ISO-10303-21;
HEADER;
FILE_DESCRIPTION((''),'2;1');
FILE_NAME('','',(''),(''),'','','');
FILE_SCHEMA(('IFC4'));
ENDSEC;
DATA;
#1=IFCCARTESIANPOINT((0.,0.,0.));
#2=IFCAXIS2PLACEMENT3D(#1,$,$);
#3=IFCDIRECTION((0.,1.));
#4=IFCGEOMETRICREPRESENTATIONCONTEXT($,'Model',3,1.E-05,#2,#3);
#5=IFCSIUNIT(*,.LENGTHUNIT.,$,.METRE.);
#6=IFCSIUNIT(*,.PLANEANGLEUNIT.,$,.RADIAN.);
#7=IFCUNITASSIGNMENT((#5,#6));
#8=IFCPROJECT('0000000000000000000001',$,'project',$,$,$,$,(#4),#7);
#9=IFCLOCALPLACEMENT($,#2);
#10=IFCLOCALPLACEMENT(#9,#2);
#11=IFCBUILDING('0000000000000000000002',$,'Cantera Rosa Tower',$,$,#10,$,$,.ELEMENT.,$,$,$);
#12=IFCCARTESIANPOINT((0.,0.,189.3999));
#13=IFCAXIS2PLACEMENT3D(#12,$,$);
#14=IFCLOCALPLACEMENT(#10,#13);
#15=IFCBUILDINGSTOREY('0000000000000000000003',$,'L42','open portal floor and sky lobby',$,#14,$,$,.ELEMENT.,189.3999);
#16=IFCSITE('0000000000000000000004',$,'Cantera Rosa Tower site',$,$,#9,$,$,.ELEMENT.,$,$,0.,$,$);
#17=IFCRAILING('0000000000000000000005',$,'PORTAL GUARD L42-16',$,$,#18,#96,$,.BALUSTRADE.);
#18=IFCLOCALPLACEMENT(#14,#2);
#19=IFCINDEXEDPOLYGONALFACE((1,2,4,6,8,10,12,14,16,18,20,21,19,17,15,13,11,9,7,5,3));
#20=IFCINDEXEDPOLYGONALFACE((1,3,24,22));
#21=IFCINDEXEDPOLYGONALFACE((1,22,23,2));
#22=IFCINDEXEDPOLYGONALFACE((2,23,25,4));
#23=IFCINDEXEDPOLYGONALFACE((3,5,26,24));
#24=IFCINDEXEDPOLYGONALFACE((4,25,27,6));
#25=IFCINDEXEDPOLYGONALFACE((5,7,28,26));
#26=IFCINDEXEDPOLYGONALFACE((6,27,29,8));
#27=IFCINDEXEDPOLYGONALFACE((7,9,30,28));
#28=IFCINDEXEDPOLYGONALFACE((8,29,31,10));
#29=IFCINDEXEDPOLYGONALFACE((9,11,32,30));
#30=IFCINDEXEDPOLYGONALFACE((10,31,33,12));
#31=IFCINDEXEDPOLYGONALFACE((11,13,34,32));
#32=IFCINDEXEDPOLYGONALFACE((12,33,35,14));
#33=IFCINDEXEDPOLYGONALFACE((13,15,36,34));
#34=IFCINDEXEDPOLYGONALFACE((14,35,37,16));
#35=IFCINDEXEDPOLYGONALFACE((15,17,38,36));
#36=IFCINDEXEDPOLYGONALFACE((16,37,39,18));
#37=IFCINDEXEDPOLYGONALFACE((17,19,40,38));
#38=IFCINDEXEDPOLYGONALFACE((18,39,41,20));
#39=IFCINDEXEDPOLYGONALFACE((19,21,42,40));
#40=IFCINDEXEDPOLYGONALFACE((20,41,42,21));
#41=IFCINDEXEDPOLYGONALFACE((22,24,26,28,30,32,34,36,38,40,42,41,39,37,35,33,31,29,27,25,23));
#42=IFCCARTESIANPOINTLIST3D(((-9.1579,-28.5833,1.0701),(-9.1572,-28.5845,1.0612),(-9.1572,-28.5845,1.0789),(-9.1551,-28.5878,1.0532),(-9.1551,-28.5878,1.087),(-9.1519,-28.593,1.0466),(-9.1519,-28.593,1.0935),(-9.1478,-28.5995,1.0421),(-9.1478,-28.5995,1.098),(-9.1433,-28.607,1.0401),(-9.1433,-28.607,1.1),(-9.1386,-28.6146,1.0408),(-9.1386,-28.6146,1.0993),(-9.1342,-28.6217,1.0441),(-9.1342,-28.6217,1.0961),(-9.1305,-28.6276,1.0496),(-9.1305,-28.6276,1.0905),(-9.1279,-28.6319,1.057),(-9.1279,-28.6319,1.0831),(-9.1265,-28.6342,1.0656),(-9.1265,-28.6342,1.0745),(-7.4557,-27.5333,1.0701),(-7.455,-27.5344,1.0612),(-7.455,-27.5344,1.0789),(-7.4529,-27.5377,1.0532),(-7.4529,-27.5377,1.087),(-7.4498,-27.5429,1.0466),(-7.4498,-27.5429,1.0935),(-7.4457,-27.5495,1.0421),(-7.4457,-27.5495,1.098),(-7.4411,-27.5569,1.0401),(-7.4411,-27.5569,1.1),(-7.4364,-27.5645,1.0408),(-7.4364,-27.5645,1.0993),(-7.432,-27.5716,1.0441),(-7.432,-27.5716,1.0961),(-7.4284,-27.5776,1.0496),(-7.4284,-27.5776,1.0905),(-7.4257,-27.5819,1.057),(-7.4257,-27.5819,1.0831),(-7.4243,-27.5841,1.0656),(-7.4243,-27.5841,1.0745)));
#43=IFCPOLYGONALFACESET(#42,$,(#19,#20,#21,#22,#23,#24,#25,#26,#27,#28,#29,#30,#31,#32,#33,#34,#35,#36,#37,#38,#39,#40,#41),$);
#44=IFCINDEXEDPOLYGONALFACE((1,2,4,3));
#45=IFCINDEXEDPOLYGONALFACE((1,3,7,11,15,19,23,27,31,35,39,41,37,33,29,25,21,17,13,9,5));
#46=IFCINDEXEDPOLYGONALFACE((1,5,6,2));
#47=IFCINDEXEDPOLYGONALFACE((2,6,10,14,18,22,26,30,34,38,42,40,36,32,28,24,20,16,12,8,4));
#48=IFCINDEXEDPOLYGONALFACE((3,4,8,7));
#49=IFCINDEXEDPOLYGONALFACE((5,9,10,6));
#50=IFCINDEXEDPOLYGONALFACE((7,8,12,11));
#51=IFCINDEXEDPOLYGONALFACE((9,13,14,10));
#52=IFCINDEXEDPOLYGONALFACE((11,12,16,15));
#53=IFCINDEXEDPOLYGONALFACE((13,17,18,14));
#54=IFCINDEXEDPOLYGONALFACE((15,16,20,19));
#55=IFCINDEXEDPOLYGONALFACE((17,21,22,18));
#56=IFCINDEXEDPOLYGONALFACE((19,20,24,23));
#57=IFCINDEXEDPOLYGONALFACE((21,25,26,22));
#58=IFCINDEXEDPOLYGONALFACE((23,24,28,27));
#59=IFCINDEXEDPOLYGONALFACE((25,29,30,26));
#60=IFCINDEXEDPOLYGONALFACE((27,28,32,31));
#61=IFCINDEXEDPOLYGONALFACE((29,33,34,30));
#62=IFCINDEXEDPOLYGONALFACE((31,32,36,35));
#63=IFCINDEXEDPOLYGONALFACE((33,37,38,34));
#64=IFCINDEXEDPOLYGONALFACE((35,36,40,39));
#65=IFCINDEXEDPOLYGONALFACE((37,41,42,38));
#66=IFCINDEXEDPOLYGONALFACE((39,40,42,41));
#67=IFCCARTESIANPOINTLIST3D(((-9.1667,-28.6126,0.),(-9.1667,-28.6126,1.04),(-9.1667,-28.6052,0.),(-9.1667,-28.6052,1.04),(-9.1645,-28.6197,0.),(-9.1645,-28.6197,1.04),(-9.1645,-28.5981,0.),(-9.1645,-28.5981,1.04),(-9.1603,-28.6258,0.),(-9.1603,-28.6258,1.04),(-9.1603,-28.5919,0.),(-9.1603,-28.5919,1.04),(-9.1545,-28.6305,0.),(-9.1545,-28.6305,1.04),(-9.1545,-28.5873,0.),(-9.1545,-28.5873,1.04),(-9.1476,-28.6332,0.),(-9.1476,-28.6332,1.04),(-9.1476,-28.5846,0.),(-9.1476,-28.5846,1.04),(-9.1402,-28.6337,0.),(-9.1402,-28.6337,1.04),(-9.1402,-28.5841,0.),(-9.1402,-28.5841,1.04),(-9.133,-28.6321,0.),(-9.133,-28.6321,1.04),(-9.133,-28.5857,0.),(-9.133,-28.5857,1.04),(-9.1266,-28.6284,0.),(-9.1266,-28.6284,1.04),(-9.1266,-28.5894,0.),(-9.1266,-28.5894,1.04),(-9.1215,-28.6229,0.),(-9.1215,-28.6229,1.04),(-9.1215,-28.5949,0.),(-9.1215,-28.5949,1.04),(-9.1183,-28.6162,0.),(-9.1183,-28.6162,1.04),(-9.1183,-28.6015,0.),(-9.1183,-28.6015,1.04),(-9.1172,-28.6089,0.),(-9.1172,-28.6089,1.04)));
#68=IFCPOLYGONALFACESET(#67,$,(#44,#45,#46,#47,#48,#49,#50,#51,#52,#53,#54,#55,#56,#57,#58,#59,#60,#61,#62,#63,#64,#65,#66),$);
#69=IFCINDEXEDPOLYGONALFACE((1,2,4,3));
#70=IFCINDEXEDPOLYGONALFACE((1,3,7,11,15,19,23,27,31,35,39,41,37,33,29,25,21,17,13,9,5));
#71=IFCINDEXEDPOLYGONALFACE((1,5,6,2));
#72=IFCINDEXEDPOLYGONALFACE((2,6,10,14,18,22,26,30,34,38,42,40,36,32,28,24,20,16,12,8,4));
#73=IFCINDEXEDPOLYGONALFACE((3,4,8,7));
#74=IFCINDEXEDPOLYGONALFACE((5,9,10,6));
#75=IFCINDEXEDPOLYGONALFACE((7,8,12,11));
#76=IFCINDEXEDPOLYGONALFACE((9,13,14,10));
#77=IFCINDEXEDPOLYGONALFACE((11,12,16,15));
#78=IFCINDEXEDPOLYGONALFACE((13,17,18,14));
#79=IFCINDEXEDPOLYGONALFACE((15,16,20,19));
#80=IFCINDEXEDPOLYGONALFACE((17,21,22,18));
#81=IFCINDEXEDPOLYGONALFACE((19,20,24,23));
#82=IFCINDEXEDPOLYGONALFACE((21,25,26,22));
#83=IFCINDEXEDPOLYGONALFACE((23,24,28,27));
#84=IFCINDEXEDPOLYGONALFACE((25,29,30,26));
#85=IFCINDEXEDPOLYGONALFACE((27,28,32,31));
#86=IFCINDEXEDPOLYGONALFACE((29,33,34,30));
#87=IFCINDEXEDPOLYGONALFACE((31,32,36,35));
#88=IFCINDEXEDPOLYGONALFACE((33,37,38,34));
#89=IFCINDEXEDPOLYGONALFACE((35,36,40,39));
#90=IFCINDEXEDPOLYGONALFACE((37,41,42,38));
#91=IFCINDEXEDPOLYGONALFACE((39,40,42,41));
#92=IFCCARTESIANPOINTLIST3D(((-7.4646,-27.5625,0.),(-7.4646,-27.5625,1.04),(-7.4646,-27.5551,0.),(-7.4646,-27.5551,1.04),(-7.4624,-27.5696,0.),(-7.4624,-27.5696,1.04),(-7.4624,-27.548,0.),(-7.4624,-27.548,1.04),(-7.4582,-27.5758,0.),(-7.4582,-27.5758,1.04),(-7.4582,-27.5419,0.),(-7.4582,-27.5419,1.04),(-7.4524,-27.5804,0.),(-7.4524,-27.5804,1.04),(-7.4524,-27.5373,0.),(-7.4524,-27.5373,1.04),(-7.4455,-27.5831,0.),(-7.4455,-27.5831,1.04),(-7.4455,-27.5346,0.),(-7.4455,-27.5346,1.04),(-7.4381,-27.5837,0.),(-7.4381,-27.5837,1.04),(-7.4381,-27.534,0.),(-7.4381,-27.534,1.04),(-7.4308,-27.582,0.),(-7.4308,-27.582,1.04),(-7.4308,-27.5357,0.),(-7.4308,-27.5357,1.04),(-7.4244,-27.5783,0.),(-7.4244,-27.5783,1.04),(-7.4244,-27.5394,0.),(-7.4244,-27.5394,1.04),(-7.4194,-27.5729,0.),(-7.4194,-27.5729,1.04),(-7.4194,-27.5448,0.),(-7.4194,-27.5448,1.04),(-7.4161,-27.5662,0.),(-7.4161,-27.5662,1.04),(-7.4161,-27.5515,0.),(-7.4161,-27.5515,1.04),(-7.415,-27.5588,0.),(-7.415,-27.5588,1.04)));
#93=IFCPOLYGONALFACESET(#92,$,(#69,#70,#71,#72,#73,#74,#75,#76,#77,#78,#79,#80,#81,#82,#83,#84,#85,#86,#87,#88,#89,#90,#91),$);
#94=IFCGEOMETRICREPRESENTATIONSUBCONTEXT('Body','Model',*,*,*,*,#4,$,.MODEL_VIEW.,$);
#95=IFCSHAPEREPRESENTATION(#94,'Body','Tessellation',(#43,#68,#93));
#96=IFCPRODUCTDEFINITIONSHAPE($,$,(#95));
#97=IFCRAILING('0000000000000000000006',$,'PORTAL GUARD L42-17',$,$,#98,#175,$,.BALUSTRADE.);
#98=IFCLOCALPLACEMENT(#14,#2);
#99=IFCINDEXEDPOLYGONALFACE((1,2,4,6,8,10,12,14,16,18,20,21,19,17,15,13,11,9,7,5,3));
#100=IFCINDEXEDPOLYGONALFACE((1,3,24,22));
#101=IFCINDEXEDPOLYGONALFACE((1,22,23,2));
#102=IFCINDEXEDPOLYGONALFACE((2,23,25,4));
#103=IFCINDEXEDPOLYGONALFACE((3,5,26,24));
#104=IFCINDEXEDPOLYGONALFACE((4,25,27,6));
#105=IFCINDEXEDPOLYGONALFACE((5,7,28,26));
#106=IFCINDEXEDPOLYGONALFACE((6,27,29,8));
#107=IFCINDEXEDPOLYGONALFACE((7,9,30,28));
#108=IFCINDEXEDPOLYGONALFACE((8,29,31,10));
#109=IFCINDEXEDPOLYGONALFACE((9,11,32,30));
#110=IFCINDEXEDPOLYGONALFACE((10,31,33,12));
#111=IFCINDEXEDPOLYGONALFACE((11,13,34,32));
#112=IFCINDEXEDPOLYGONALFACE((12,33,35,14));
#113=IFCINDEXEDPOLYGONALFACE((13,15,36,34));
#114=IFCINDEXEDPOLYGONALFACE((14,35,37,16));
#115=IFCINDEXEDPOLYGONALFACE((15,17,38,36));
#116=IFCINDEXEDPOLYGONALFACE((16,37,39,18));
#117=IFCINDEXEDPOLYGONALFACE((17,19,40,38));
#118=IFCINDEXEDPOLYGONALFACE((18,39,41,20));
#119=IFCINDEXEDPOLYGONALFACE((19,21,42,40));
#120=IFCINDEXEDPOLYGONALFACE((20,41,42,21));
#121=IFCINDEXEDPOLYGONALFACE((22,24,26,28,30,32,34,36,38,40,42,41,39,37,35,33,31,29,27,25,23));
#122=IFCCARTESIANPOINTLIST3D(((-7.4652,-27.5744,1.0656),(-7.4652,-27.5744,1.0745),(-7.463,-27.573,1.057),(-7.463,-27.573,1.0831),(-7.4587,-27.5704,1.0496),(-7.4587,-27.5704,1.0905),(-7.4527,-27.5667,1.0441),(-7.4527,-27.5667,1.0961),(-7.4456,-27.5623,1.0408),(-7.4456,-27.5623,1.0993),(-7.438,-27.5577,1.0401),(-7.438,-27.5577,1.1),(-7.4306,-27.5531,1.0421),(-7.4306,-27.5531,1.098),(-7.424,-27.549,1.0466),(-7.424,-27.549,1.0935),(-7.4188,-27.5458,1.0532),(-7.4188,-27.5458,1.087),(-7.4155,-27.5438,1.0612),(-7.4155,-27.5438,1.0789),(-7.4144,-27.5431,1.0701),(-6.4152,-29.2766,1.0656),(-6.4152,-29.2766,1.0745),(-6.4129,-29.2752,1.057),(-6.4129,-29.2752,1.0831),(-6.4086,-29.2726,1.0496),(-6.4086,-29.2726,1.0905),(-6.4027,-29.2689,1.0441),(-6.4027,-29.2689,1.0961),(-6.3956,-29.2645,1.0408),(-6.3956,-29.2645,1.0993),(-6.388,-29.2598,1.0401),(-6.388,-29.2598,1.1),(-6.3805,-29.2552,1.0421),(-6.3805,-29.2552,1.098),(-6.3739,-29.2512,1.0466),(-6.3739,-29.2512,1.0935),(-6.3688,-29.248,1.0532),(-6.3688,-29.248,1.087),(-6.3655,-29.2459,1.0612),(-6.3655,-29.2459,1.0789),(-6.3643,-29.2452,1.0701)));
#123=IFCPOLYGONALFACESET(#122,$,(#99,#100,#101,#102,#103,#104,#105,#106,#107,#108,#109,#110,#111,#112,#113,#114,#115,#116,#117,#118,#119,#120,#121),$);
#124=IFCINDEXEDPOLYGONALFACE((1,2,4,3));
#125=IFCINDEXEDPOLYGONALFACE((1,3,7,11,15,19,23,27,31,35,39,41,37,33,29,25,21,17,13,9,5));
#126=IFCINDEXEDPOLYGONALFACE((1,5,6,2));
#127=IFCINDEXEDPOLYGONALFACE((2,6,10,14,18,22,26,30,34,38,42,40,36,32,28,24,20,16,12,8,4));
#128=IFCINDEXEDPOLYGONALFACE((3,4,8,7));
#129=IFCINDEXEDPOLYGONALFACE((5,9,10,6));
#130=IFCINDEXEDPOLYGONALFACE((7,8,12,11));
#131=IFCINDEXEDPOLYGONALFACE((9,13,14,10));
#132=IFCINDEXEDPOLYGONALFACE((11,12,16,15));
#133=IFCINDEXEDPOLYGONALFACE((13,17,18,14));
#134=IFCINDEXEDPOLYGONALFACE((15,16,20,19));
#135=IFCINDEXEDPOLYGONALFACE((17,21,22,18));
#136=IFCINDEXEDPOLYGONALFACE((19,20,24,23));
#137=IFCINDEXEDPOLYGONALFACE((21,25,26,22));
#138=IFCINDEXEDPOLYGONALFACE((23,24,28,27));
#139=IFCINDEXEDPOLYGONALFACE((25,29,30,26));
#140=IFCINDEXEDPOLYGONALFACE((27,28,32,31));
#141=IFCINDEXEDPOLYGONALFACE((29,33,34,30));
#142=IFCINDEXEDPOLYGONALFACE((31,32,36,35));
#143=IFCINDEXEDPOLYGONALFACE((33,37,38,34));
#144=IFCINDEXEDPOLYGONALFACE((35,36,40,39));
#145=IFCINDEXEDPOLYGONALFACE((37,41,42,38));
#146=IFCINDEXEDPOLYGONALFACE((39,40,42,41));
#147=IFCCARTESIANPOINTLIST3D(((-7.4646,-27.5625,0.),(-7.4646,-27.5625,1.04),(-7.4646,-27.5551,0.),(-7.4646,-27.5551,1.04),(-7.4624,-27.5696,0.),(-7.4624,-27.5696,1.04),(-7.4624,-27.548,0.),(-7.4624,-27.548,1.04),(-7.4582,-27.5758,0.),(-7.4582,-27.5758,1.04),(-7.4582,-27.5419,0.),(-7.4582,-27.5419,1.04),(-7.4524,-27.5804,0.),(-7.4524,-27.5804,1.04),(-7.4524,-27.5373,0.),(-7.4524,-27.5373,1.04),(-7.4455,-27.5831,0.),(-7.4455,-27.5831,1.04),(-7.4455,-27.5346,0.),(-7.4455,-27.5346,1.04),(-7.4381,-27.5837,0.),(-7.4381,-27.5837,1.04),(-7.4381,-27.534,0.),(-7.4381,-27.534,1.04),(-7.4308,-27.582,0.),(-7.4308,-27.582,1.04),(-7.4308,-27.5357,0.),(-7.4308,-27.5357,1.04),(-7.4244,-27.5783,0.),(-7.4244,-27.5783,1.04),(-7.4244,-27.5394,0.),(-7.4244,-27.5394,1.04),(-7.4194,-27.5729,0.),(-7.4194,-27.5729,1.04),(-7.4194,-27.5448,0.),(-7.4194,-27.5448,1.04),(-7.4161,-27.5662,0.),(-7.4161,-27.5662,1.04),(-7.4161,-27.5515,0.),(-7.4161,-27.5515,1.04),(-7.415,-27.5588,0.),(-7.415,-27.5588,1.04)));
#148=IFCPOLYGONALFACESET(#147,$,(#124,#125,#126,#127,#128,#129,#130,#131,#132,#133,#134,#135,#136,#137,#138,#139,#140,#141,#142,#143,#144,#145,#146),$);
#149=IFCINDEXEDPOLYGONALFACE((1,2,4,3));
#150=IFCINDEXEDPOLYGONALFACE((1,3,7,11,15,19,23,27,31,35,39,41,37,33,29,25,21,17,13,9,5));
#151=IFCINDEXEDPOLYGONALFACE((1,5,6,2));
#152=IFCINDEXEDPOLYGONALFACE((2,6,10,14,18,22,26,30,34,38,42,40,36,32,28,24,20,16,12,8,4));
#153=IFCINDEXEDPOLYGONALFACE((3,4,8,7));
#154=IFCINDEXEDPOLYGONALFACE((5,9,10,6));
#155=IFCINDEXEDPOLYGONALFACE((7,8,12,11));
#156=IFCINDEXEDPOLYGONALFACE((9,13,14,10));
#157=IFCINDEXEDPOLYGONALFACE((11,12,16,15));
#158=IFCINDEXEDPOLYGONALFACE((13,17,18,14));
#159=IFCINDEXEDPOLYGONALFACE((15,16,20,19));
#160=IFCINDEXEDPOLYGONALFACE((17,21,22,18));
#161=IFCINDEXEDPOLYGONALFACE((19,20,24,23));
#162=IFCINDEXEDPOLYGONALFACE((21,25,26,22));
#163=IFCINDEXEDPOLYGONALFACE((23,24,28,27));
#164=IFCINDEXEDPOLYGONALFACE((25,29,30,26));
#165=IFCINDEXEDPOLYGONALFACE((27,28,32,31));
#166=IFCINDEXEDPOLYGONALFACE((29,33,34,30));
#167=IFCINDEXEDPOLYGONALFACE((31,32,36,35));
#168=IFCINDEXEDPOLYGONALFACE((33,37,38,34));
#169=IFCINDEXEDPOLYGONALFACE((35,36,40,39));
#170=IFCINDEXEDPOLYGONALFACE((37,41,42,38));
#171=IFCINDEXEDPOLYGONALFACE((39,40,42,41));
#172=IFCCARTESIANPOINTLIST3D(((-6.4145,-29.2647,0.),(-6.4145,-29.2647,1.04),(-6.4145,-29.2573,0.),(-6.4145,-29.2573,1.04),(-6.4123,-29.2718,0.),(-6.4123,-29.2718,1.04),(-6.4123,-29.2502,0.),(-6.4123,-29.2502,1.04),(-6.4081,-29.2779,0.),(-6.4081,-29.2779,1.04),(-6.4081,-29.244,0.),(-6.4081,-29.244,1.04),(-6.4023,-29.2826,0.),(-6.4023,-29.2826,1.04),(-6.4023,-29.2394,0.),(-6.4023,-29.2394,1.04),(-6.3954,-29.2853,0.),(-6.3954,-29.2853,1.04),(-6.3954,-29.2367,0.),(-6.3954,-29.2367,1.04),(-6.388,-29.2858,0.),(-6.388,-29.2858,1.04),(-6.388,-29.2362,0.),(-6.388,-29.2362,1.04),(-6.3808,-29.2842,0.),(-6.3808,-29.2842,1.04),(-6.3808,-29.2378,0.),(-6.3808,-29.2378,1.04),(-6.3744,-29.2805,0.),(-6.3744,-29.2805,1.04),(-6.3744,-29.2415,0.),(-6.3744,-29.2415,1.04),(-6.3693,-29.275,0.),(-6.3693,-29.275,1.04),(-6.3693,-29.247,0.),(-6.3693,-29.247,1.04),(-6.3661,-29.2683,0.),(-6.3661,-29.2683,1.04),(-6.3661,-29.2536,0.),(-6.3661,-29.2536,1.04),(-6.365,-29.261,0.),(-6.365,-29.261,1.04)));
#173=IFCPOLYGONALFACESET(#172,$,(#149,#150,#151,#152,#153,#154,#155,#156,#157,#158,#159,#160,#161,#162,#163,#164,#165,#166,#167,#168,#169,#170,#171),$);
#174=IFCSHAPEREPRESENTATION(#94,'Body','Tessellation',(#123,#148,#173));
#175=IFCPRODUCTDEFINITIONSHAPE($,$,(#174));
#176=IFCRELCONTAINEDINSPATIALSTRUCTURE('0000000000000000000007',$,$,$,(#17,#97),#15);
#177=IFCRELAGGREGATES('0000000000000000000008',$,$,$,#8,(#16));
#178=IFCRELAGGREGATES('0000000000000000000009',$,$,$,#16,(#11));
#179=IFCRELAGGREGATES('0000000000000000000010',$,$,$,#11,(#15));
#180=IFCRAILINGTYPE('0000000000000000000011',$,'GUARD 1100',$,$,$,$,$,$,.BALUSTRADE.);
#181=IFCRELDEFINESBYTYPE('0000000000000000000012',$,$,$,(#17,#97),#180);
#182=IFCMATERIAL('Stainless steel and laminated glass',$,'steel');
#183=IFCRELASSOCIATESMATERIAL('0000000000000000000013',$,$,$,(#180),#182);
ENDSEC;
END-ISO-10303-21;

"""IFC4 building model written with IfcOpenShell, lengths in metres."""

from ifc_helpers import new_model, si_unit, direction, frame, origin, origin_2d, place, context, subcontext, project, spatial, circle, extrude, material, type_object, element, save


model = new_model("IFC4")

# Units and contexts
model_context = context("Model", 3, precision=1e-05, world=origin(), true_north=direction((0.0, 1.0)))
body_context = subcontext(model_context, "Body", "Model", "MODEL_VIEW")
ifc_project = project(units=[si_unit("LENGTHUNIT", "METRE"), si_unit("PLANEANGLEUNIT", "RADIAN")], contexts=[model_context])

# Site, building, storey
site_placement = place(None, origin())
site = spatial("IfcSite", under=ifc_project, at=site_placement, Name="Cantera Rosa Tower site", CompositionType="ELEMENT", RefElevation=0.0)
building_placement = place(site_placement, origin())
building = spatial("IfcBuilding", under=site, at=building_placement, Name="Cantera Rosa Tower", CompositionType="ELEMENT")
storey_placement = place(building_placement, frame((0.0, 0.0, 189.3999)))
storey = spatial("IfcBuildingStorey", under=building, at=storey_placement, Name="L42", Description="open portal floor and sky lobby", CompositionType="ELEMENT", Elevation=189.3999)

# Railings
ifc_material_1 = material(Name="Stainless steel and laminated glass", Category="steel")
railing_type = type_object("IfcRailingType", Name="GUARD 1100", PredefinedType="BALUSTRADE", material=ifc_material_1)
railing_1_placement = place(storey_placement, frame((-9.1421, -28.6089, 0.0)))
element("IfcRailing", 1, at=railing_1_placement, inside=storey, type_object=railing_type, Name="PORTAL GUARD L42-16", PredefinedType="BALUSTRADE", context=body_context, shape_type="SweptSolid", body=[
    extrude(circle(Radius=0.03, at=origin_2d()), frame((0.0, 0.0, 1.0701), z_axis=(0.851084, 0.52503, 0.0), x_axis=(-0.52503, 0.851084, 0.0)), (0.0, 0.0, 1.0), 2.0),
    extrude(circle(Radius=0.0249, at=origin_2d()), origin(), (0.0, 0.0, 1.0), 1.04),
    extrude(circle(Radius=0.0249, at=origin_2d()), frame((1.7021, 1.05, 0.0)), (0.0, 0.0, 1.0), 1.04),
])
railing_2_placement = place(storey_placement, frame((-7.4399, -27.5588, 0.0)))
element("IfcRailing", 2, at=railing_2_placement, inside=storey, type_object=railing_type, Name="PORTAL GUARD L42-17", PredefinedType="BALUSTRADE", context=body_context, shape_type="SweptSolid", body=[
    extrude(circle(Radius=0.03, at=origin_2d()), frame((0.0, 0.0, 1.0701), z_axis=(0.52503, -0.851084, 0.0), x_axis=(0.851084, 0.52503, 0.0)), (0.0, 0.0, 1.0), 2.0),
    extrude(circle(Radius=0.0249, at=origin_2d()), origin(), (0.0, 0.0, 1.0), 1.04),
    extrude(circle(Radius=0.0249, at=origin_2d()), frame((1.05, -1.7021, 0.0)), (0.0, 0.0, 1.0), 1.04),
])

save(model, "model.ifc")
